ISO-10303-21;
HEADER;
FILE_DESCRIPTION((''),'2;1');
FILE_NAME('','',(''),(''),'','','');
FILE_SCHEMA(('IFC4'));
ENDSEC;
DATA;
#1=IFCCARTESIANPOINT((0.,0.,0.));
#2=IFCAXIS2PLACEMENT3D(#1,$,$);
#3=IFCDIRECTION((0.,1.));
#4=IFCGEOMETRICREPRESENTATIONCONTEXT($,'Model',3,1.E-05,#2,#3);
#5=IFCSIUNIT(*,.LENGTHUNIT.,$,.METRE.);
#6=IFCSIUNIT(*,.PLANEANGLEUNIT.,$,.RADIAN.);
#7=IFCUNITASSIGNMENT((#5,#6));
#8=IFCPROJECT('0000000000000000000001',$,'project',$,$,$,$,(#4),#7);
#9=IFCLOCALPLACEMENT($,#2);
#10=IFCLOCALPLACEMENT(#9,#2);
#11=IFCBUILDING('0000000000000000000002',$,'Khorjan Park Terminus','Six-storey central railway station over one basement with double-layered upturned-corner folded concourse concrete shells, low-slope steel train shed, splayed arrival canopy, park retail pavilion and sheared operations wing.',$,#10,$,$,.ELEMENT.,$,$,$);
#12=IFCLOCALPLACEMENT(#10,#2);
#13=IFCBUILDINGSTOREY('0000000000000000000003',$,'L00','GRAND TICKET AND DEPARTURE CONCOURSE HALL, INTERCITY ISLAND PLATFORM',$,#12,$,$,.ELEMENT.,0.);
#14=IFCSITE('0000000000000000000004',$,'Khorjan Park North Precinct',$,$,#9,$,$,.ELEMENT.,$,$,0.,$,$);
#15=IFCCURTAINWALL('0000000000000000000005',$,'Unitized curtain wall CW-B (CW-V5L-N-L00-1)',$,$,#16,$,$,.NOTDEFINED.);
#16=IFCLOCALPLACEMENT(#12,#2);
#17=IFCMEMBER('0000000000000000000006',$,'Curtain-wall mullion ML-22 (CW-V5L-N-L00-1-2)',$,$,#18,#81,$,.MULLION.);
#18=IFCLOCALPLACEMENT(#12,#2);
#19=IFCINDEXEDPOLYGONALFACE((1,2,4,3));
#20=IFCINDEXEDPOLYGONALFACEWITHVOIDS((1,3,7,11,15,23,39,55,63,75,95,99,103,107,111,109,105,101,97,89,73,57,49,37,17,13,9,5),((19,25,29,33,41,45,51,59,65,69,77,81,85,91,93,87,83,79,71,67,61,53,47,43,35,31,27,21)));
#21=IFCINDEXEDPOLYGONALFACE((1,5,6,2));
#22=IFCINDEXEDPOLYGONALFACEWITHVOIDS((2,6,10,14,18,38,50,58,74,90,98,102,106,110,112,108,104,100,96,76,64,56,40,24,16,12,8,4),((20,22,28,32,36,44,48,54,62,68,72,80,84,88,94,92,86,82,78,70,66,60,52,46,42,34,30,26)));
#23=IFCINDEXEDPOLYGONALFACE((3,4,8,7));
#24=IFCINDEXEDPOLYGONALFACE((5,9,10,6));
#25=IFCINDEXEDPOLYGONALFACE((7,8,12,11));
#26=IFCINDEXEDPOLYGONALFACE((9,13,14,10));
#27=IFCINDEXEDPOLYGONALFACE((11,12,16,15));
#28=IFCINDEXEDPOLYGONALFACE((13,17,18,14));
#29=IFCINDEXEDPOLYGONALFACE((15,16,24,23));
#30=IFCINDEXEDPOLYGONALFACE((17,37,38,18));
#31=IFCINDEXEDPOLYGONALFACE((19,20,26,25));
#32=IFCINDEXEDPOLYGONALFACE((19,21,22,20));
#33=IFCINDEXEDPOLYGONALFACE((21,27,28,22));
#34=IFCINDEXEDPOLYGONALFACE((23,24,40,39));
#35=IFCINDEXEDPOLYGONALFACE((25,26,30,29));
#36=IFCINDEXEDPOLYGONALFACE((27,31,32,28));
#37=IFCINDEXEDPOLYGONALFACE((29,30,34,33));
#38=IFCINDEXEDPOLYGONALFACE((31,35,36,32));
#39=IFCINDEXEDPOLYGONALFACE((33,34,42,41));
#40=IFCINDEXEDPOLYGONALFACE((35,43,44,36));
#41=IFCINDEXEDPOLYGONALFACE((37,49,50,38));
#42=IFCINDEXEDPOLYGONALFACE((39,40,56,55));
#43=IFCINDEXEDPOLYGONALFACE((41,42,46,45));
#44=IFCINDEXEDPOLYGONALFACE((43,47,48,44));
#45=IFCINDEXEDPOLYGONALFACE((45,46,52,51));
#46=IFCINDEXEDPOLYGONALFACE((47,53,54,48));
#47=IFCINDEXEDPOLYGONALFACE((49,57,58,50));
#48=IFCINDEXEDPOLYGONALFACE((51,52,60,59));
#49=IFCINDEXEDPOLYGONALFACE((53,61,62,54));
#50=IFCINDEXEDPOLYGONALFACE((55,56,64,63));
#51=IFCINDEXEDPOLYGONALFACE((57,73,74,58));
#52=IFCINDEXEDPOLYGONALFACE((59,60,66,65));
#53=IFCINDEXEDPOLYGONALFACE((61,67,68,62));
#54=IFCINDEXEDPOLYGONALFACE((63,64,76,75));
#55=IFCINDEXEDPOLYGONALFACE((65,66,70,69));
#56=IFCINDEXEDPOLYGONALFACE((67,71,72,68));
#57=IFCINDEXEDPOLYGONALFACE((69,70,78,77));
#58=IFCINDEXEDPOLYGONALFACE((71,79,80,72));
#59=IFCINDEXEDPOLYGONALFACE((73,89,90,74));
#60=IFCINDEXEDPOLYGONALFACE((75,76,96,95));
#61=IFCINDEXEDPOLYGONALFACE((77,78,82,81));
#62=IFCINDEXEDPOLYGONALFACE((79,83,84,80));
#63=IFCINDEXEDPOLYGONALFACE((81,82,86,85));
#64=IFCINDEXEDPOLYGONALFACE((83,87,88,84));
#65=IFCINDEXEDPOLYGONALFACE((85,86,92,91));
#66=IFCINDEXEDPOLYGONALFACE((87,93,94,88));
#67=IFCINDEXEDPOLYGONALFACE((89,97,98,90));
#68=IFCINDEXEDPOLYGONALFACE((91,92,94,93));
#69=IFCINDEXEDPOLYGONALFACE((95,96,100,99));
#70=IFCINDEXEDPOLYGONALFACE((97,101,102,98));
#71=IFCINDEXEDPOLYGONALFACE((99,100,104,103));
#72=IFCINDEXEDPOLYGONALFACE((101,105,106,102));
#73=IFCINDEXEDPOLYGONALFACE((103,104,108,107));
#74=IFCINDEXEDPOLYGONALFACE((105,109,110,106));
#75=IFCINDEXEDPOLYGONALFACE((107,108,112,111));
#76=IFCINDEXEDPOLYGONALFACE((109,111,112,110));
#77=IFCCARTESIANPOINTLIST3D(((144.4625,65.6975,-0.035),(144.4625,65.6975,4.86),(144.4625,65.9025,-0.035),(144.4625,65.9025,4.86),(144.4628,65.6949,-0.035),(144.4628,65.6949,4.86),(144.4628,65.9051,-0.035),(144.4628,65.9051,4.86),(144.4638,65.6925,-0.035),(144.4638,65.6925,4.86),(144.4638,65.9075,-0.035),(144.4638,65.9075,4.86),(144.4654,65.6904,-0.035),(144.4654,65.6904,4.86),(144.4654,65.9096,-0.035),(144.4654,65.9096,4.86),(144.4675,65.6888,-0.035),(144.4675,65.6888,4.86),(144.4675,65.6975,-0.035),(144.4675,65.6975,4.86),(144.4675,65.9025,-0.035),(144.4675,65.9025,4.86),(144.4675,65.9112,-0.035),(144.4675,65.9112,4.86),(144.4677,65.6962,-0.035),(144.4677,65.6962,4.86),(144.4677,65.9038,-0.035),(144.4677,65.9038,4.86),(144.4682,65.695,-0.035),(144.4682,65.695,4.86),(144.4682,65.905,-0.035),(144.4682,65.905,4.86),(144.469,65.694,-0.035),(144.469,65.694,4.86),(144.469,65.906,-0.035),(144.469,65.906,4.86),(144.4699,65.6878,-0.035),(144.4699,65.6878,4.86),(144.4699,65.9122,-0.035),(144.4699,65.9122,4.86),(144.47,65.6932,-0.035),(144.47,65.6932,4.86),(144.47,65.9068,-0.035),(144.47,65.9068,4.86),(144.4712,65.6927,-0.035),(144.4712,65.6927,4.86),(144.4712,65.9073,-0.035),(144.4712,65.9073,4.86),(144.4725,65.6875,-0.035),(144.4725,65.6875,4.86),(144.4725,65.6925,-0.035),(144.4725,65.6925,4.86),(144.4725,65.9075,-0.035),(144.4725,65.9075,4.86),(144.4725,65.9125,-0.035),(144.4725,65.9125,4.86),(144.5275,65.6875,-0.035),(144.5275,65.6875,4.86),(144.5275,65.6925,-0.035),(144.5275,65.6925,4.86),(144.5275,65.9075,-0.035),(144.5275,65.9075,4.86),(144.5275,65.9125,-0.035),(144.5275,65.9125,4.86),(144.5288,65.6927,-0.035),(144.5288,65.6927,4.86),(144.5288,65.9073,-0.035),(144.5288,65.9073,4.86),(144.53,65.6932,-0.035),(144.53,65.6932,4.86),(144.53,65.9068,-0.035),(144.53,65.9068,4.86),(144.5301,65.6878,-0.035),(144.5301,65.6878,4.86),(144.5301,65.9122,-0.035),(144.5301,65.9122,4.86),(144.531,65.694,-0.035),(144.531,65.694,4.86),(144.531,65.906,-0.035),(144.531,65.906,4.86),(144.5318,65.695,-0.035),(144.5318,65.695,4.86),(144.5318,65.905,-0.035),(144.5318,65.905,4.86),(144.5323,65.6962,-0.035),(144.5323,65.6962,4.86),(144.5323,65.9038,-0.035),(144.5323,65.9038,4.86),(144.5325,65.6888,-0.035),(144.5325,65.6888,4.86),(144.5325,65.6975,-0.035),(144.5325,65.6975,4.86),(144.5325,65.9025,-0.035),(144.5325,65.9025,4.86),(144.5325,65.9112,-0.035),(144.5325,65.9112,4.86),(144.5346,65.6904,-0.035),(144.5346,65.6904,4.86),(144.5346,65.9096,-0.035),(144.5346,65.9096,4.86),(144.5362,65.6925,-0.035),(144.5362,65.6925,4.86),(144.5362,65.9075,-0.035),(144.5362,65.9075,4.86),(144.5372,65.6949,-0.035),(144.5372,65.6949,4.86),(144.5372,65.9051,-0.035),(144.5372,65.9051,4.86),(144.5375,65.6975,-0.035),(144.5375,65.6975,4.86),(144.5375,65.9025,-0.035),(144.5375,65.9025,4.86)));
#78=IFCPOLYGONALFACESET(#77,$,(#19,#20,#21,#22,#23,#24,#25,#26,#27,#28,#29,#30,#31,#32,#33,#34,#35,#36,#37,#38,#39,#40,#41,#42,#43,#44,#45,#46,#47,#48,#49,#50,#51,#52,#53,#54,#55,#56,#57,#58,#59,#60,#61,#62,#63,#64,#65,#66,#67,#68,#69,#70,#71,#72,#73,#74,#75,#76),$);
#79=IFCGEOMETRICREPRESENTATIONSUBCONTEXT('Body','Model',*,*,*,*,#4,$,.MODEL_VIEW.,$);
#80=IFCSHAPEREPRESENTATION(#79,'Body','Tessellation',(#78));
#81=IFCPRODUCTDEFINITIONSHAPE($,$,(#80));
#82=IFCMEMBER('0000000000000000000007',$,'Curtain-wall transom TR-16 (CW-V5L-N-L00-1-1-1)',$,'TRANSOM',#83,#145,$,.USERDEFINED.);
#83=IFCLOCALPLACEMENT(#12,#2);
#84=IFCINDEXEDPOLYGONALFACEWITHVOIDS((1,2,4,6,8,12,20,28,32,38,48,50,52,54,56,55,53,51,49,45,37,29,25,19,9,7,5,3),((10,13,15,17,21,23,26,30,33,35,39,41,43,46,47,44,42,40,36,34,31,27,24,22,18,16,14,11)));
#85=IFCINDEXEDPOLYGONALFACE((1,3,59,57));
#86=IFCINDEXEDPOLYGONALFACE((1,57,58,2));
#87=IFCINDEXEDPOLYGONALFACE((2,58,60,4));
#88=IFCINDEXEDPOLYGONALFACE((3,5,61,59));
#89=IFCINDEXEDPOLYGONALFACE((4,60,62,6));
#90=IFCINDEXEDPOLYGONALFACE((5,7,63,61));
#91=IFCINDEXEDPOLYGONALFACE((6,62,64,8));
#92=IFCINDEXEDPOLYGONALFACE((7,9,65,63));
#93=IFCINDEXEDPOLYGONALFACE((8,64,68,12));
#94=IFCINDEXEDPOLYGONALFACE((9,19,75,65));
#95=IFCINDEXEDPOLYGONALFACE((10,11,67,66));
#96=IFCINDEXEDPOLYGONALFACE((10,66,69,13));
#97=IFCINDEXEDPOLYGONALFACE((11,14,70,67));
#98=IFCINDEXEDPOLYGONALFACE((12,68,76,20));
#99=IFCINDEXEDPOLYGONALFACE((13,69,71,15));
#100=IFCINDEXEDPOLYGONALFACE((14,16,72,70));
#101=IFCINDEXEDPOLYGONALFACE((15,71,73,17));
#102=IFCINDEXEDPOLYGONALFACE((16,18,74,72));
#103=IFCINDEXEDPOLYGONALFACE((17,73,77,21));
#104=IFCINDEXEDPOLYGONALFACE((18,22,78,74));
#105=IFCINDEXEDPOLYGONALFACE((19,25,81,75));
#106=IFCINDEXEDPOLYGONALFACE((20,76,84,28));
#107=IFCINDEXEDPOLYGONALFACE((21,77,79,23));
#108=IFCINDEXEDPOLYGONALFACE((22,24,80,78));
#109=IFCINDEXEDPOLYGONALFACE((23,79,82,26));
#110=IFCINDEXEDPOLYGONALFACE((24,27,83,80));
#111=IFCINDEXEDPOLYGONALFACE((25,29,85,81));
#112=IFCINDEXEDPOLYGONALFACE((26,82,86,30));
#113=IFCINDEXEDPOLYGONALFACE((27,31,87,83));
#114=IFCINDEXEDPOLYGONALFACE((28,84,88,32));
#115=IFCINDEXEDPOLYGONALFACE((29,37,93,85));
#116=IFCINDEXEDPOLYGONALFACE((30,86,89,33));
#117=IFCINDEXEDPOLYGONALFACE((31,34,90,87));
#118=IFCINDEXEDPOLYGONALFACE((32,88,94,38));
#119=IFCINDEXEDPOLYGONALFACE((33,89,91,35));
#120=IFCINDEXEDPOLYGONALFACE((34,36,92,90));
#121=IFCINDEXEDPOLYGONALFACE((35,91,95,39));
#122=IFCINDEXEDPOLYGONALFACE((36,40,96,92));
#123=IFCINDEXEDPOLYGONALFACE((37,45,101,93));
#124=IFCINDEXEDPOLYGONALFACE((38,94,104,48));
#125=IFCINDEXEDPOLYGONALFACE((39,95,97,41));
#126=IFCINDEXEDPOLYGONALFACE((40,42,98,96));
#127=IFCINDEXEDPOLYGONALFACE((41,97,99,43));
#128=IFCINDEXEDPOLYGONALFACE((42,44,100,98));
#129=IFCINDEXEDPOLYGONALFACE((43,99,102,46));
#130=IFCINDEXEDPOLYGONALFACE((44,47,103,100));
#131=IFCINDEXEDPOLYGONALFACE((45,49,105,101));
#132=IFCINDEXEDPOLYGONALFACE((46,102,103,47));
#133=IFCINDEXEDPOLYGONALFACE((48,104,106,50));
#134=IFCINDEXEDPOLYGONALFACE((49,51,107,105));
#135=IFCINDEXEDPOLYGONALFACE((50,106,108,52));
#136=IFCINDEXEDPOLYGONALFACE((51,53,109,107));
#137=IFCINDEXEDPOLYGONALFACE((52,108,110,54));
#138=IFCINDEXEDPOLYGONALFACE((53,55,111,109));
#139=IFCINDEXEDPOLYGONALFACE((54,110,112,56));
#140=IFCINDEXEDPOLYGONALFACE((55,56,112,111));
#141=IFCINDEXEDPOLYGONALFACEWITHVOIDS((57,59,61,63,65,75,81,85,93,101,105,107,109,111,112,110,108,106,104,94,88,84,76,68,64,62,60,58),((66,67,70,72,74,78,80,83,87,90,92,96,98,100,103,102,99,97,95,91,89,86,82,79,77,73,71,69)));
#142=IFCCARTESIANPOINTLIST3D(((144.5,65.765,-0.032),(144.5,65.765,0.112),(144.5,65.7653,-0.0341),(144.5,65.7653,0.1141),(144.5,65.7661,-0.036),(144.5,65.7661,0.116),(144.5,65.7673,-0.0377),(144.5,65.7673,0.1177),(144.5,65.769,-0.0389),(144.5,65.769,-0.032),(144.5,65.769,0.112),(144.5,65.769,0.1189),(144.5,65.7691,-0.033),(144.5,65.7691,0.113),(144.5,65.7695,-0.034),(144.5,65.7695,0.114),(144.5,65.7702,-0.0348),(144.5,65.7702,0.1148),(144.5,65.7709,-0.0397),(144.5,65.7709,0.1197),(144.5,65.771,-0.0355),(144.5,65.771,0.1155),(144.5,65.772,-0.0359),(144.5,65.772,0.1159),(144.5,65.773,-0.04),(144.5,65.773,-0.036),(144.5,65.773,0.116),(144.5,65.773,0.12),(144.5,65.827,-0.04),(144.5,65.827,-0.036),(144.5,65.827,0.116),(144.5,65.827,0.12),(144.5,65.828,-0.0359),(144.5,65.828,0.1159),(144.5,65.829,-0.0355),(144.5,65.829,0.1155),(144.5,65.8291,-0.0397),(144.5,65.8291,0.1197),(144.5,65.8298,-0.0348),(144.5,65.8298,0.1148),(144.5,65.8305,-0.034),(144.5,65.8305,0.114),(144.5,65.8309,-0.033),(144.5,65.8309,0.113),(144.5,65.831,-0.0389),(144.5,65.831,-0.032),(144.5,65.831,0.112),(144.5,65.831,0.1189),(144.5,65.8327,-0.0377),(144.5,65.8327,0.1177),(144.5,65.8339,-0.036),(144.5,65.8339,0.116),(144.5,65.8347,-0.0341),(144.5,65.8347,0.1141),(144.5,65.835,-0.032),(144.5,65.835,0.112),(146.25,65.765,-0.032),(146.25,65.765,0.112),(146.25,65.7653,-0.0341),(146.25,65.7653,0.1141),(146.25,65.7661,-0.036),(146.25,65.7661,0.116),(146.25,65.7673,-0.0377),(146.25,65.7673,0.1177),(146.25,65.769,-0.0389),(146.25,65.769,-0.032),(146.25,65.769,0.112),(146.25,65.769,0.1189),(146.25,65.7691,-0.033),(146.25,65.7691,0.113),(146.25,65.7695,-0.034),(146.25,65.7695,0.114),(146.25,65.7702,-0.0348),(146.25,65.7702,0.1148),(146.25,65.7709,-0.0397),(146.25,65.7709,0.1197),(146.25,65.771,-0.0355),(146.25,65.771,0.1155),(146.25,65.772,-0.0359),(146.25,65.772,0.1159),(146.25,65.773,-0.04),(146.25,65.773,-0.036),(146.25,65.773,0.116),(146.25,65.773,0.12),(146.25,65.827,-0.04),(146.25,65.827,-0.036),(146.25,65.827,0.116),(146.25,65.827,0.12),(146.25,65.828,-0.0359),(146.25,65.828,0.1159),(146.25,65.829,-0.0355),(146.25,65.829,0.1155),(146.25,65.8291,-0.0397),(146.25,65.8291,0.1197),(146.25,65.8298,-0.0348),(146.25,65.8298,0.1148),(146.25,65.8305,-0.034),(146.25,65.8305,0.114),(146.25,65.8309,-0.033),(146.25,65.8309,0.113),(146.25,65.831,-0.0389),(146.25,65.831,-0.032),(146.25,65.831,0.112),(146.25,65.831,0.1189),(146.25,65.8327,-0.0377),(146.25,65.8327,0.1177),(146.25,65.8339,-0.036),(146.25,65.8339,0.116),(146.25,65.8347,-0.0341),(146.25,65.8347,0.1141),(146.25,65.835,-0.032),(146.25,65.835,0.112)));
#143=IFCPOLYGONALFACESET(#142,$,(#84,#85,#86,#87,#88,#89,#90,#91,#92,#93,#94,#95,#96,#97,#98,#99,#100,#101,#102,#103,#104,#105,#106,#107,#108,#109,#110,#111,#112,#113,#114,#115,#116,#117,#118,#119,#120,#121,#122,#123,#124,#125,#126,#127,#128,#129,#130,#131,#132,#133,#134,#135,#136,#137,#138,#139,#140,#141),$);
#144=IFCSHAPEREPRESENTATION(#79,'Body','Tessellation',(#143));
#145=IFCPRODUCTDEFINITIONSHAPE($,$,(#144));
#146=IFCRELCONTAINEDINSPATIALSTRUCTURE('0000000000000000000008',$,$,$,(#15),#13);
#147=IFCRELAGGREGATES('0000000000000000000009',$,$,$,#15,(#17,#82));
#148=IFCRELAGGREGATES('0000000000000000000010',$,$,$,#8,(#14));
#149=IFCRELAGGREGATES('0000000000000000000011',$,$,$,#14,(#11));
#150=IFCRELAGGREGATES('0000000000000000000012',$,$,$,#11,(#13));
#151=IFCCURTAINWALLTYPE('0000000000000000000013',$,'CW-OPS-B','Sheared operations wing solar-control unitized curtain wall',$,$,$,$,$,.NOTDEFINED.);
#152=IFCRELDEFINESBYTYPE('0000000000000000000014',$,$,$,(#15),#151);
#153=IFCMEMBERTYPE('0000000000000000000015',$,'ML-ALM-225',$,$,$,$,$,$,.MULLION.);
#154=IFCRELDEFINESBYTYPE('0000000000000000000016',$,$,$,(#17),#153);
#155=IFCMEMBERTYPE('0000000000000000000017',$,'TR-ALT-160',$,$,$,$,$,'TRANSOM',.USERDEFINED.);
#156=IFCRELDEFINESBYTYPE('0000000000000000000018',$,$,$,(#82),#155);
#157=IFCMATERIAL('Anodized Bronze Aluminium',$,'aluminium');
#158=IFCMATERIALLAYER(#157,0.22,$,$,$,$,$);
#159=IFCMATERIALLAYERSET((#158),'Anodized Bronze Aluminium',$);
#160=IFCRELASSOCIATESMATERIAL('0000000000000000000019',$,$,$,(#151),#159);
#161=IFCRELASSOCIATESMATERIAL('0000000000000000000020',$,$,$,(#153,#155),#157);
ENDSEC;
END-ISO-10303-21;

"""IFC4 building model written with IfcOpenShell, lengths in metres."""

from ifc_helpers import new_model, si_unit, direction, frame, origin, origin_2d, place, context, subcontext, project, spatial, hollow_rectangle, extrude, material, layer, layer_set, material_profile, profile_set, type_object, element, aggregate, save


model = new_model("IFC4")

# Units and contexts
model_context = context("Model", 3, precision=1e-05, world=origin(), true_north=direction((0.0, 1.0)))
body_context = subcontext(model_context, "Body", "Model", "MODEL_VIEW")
ifc_project = project(units=[si_unit("LENGTHUNIT", "METRE"), si_unit("PLANEANGLEUNIT", "RADIAN")], contexts=[model_context])

# Site, building, storey
site_placement = place(None, origin())
site = spatial("IfcSite", under=ifc_project, at=site_placement, Name="Khorjan Park North Precinct", CompositionType="ELEMENT", RefElevation=0.0)
building_placement = place(site_placement, origin())
building = spatial("IfcBuilding", under=site, at=building_placement, Name="Khorjan Park Terminus", Description="Six-storey central railway station over one basement with double-layered upturned-corner folded concourse concrete shells, low-slope steel train shed, splayed arrival canopy, park retail pavilion and sheared operations wing.", CompositionType="ELEMENT")
storey_placement = place(building_placement, origin())
storey = spatial("IfcBuildingStorey", under=building, at=storey_placement, Name="L00", Description="GRAND TICKET AND DEPARTURE CONCOURSE HALL, INTERCITY ISLAND PLATFORM", CompositionType="ELEMENT", Elevation=0.0)

# Curtain wall, members
ifc_material_1 = material(Name="Anodized Bronze Aluminium", Category="aluminium")
ifc_layer_1 = layer(ifc_material_1, 0.22)
ifc_layer_set_1 = layer_set([ifc_layer_1], Name="Anodized Bronze Aluminium")
curtain_wall_type = type_object("IfcCurtainWallType", Name="CW-OPS-B", Description="Sheared operations wing solar-control unitized curtain wall", PredefinedType="NOTDEFINED", material=ifc_layer_set_1)
curtain_wall_placement = place(storey_placement, origin())
curtain_wall = element("IfcCurtainWall", 1, at=curtain_wall_placement, inside=storey, type_object=curtain_wall_type, Name="Unitized curtain wall CW-B (CW-V5L-N-L00-1)", PredefinedType="NOTDEFINED")
ifc_material_profile_1 = material_profile(ifc_material_1, hollow_rectangle(XDim=0.075, YDim=0.225, WallThickness=0.005, InnerFilletRadius=0.005, OuterFilletRadius=0.01, at=origin_2d()), Name="ALM 75x225x5")
ifc_profile_set_1 = profile_set([ifc_material_profile_1], Name="Anodized Bronze Aluminium")
member_type_1 = type_object("IfcMemberType", Name="ML-ALM-225", PredefinedType="MULLION", material=ifc_profile_set_1)
member_1_placement = place(storey_placement, frame((144.5, 65.8, -0.035), z_axis=(0.0, 0.0, 1.0), x_axis=(-1.0, 0.0, 0.0)))
member_1 = element("IfcMember", 2, at=member_1_placement, type_object=member_type_1, Name="Curtain-wall mullion ML-22 (CW-V5L-N-L00-1-2)", PredefinedType="MULLION", context=body_context, shape_type="SweptSolid", body=[
    extrude(hollow_rectangle(XDim=0.075, YDim=0.225, WallThickness=0.005, InnerFilletRadius=0.005, OuterFilletRadius=0.01, at=origin_2d()), origin(), (0.0, 0.0, 1.0), 4.895),
])
ifc_material_profile_2 = material_profile(ifc_material_1, hollow_rectangle(XDim=0.07, YDim=0.16, WallThickness=0.004, InnerFilletRadius=0.004, OuterFilletRadius=0.008, at=origin_2d()), Name="ALT 70x160x4")
ifc_profile_set_2 = profile_set([ifc_material_profile_2], Name="Anodized Bronze Aluminium")
member_type_2 = type_object("IfcMemberType", Name="TR-ALT-160", ElementType="TRANSOM", PredefinedType="USERDEFINED", material=ifc_profile_set_2)
member_2_placement = place(storey_placement, frame((146.25, 65.8, 0.04), z_axis=(-1.0, 0.0, 0.0), x_axis=(0.0, -1.0, 0.0)))
member_2 = element("IfcMember", 3, at=member_2_placement, type_object=member_type_2, Name="Curtain-wall transom TR-16 (CW-V5L-N-L00-1-1-1)", ObjectType="TRANSOM", PredefinedType="USERDEFINED", context=body_context, shape_type="SweptSolid", body=[
    extrude(hollow_rectangle(XDim=0.07, YDim=0.16, WallThickness=0.004, InnerFilletRadius=0.004, OuterFilletRadius=0.008, at=origin_2d()), origin(), (0.0, 0.0, 1.0), 1.75),
])
aggregate(curtain_wall, [member_1, member_2])

save(model, "model.ifc")
